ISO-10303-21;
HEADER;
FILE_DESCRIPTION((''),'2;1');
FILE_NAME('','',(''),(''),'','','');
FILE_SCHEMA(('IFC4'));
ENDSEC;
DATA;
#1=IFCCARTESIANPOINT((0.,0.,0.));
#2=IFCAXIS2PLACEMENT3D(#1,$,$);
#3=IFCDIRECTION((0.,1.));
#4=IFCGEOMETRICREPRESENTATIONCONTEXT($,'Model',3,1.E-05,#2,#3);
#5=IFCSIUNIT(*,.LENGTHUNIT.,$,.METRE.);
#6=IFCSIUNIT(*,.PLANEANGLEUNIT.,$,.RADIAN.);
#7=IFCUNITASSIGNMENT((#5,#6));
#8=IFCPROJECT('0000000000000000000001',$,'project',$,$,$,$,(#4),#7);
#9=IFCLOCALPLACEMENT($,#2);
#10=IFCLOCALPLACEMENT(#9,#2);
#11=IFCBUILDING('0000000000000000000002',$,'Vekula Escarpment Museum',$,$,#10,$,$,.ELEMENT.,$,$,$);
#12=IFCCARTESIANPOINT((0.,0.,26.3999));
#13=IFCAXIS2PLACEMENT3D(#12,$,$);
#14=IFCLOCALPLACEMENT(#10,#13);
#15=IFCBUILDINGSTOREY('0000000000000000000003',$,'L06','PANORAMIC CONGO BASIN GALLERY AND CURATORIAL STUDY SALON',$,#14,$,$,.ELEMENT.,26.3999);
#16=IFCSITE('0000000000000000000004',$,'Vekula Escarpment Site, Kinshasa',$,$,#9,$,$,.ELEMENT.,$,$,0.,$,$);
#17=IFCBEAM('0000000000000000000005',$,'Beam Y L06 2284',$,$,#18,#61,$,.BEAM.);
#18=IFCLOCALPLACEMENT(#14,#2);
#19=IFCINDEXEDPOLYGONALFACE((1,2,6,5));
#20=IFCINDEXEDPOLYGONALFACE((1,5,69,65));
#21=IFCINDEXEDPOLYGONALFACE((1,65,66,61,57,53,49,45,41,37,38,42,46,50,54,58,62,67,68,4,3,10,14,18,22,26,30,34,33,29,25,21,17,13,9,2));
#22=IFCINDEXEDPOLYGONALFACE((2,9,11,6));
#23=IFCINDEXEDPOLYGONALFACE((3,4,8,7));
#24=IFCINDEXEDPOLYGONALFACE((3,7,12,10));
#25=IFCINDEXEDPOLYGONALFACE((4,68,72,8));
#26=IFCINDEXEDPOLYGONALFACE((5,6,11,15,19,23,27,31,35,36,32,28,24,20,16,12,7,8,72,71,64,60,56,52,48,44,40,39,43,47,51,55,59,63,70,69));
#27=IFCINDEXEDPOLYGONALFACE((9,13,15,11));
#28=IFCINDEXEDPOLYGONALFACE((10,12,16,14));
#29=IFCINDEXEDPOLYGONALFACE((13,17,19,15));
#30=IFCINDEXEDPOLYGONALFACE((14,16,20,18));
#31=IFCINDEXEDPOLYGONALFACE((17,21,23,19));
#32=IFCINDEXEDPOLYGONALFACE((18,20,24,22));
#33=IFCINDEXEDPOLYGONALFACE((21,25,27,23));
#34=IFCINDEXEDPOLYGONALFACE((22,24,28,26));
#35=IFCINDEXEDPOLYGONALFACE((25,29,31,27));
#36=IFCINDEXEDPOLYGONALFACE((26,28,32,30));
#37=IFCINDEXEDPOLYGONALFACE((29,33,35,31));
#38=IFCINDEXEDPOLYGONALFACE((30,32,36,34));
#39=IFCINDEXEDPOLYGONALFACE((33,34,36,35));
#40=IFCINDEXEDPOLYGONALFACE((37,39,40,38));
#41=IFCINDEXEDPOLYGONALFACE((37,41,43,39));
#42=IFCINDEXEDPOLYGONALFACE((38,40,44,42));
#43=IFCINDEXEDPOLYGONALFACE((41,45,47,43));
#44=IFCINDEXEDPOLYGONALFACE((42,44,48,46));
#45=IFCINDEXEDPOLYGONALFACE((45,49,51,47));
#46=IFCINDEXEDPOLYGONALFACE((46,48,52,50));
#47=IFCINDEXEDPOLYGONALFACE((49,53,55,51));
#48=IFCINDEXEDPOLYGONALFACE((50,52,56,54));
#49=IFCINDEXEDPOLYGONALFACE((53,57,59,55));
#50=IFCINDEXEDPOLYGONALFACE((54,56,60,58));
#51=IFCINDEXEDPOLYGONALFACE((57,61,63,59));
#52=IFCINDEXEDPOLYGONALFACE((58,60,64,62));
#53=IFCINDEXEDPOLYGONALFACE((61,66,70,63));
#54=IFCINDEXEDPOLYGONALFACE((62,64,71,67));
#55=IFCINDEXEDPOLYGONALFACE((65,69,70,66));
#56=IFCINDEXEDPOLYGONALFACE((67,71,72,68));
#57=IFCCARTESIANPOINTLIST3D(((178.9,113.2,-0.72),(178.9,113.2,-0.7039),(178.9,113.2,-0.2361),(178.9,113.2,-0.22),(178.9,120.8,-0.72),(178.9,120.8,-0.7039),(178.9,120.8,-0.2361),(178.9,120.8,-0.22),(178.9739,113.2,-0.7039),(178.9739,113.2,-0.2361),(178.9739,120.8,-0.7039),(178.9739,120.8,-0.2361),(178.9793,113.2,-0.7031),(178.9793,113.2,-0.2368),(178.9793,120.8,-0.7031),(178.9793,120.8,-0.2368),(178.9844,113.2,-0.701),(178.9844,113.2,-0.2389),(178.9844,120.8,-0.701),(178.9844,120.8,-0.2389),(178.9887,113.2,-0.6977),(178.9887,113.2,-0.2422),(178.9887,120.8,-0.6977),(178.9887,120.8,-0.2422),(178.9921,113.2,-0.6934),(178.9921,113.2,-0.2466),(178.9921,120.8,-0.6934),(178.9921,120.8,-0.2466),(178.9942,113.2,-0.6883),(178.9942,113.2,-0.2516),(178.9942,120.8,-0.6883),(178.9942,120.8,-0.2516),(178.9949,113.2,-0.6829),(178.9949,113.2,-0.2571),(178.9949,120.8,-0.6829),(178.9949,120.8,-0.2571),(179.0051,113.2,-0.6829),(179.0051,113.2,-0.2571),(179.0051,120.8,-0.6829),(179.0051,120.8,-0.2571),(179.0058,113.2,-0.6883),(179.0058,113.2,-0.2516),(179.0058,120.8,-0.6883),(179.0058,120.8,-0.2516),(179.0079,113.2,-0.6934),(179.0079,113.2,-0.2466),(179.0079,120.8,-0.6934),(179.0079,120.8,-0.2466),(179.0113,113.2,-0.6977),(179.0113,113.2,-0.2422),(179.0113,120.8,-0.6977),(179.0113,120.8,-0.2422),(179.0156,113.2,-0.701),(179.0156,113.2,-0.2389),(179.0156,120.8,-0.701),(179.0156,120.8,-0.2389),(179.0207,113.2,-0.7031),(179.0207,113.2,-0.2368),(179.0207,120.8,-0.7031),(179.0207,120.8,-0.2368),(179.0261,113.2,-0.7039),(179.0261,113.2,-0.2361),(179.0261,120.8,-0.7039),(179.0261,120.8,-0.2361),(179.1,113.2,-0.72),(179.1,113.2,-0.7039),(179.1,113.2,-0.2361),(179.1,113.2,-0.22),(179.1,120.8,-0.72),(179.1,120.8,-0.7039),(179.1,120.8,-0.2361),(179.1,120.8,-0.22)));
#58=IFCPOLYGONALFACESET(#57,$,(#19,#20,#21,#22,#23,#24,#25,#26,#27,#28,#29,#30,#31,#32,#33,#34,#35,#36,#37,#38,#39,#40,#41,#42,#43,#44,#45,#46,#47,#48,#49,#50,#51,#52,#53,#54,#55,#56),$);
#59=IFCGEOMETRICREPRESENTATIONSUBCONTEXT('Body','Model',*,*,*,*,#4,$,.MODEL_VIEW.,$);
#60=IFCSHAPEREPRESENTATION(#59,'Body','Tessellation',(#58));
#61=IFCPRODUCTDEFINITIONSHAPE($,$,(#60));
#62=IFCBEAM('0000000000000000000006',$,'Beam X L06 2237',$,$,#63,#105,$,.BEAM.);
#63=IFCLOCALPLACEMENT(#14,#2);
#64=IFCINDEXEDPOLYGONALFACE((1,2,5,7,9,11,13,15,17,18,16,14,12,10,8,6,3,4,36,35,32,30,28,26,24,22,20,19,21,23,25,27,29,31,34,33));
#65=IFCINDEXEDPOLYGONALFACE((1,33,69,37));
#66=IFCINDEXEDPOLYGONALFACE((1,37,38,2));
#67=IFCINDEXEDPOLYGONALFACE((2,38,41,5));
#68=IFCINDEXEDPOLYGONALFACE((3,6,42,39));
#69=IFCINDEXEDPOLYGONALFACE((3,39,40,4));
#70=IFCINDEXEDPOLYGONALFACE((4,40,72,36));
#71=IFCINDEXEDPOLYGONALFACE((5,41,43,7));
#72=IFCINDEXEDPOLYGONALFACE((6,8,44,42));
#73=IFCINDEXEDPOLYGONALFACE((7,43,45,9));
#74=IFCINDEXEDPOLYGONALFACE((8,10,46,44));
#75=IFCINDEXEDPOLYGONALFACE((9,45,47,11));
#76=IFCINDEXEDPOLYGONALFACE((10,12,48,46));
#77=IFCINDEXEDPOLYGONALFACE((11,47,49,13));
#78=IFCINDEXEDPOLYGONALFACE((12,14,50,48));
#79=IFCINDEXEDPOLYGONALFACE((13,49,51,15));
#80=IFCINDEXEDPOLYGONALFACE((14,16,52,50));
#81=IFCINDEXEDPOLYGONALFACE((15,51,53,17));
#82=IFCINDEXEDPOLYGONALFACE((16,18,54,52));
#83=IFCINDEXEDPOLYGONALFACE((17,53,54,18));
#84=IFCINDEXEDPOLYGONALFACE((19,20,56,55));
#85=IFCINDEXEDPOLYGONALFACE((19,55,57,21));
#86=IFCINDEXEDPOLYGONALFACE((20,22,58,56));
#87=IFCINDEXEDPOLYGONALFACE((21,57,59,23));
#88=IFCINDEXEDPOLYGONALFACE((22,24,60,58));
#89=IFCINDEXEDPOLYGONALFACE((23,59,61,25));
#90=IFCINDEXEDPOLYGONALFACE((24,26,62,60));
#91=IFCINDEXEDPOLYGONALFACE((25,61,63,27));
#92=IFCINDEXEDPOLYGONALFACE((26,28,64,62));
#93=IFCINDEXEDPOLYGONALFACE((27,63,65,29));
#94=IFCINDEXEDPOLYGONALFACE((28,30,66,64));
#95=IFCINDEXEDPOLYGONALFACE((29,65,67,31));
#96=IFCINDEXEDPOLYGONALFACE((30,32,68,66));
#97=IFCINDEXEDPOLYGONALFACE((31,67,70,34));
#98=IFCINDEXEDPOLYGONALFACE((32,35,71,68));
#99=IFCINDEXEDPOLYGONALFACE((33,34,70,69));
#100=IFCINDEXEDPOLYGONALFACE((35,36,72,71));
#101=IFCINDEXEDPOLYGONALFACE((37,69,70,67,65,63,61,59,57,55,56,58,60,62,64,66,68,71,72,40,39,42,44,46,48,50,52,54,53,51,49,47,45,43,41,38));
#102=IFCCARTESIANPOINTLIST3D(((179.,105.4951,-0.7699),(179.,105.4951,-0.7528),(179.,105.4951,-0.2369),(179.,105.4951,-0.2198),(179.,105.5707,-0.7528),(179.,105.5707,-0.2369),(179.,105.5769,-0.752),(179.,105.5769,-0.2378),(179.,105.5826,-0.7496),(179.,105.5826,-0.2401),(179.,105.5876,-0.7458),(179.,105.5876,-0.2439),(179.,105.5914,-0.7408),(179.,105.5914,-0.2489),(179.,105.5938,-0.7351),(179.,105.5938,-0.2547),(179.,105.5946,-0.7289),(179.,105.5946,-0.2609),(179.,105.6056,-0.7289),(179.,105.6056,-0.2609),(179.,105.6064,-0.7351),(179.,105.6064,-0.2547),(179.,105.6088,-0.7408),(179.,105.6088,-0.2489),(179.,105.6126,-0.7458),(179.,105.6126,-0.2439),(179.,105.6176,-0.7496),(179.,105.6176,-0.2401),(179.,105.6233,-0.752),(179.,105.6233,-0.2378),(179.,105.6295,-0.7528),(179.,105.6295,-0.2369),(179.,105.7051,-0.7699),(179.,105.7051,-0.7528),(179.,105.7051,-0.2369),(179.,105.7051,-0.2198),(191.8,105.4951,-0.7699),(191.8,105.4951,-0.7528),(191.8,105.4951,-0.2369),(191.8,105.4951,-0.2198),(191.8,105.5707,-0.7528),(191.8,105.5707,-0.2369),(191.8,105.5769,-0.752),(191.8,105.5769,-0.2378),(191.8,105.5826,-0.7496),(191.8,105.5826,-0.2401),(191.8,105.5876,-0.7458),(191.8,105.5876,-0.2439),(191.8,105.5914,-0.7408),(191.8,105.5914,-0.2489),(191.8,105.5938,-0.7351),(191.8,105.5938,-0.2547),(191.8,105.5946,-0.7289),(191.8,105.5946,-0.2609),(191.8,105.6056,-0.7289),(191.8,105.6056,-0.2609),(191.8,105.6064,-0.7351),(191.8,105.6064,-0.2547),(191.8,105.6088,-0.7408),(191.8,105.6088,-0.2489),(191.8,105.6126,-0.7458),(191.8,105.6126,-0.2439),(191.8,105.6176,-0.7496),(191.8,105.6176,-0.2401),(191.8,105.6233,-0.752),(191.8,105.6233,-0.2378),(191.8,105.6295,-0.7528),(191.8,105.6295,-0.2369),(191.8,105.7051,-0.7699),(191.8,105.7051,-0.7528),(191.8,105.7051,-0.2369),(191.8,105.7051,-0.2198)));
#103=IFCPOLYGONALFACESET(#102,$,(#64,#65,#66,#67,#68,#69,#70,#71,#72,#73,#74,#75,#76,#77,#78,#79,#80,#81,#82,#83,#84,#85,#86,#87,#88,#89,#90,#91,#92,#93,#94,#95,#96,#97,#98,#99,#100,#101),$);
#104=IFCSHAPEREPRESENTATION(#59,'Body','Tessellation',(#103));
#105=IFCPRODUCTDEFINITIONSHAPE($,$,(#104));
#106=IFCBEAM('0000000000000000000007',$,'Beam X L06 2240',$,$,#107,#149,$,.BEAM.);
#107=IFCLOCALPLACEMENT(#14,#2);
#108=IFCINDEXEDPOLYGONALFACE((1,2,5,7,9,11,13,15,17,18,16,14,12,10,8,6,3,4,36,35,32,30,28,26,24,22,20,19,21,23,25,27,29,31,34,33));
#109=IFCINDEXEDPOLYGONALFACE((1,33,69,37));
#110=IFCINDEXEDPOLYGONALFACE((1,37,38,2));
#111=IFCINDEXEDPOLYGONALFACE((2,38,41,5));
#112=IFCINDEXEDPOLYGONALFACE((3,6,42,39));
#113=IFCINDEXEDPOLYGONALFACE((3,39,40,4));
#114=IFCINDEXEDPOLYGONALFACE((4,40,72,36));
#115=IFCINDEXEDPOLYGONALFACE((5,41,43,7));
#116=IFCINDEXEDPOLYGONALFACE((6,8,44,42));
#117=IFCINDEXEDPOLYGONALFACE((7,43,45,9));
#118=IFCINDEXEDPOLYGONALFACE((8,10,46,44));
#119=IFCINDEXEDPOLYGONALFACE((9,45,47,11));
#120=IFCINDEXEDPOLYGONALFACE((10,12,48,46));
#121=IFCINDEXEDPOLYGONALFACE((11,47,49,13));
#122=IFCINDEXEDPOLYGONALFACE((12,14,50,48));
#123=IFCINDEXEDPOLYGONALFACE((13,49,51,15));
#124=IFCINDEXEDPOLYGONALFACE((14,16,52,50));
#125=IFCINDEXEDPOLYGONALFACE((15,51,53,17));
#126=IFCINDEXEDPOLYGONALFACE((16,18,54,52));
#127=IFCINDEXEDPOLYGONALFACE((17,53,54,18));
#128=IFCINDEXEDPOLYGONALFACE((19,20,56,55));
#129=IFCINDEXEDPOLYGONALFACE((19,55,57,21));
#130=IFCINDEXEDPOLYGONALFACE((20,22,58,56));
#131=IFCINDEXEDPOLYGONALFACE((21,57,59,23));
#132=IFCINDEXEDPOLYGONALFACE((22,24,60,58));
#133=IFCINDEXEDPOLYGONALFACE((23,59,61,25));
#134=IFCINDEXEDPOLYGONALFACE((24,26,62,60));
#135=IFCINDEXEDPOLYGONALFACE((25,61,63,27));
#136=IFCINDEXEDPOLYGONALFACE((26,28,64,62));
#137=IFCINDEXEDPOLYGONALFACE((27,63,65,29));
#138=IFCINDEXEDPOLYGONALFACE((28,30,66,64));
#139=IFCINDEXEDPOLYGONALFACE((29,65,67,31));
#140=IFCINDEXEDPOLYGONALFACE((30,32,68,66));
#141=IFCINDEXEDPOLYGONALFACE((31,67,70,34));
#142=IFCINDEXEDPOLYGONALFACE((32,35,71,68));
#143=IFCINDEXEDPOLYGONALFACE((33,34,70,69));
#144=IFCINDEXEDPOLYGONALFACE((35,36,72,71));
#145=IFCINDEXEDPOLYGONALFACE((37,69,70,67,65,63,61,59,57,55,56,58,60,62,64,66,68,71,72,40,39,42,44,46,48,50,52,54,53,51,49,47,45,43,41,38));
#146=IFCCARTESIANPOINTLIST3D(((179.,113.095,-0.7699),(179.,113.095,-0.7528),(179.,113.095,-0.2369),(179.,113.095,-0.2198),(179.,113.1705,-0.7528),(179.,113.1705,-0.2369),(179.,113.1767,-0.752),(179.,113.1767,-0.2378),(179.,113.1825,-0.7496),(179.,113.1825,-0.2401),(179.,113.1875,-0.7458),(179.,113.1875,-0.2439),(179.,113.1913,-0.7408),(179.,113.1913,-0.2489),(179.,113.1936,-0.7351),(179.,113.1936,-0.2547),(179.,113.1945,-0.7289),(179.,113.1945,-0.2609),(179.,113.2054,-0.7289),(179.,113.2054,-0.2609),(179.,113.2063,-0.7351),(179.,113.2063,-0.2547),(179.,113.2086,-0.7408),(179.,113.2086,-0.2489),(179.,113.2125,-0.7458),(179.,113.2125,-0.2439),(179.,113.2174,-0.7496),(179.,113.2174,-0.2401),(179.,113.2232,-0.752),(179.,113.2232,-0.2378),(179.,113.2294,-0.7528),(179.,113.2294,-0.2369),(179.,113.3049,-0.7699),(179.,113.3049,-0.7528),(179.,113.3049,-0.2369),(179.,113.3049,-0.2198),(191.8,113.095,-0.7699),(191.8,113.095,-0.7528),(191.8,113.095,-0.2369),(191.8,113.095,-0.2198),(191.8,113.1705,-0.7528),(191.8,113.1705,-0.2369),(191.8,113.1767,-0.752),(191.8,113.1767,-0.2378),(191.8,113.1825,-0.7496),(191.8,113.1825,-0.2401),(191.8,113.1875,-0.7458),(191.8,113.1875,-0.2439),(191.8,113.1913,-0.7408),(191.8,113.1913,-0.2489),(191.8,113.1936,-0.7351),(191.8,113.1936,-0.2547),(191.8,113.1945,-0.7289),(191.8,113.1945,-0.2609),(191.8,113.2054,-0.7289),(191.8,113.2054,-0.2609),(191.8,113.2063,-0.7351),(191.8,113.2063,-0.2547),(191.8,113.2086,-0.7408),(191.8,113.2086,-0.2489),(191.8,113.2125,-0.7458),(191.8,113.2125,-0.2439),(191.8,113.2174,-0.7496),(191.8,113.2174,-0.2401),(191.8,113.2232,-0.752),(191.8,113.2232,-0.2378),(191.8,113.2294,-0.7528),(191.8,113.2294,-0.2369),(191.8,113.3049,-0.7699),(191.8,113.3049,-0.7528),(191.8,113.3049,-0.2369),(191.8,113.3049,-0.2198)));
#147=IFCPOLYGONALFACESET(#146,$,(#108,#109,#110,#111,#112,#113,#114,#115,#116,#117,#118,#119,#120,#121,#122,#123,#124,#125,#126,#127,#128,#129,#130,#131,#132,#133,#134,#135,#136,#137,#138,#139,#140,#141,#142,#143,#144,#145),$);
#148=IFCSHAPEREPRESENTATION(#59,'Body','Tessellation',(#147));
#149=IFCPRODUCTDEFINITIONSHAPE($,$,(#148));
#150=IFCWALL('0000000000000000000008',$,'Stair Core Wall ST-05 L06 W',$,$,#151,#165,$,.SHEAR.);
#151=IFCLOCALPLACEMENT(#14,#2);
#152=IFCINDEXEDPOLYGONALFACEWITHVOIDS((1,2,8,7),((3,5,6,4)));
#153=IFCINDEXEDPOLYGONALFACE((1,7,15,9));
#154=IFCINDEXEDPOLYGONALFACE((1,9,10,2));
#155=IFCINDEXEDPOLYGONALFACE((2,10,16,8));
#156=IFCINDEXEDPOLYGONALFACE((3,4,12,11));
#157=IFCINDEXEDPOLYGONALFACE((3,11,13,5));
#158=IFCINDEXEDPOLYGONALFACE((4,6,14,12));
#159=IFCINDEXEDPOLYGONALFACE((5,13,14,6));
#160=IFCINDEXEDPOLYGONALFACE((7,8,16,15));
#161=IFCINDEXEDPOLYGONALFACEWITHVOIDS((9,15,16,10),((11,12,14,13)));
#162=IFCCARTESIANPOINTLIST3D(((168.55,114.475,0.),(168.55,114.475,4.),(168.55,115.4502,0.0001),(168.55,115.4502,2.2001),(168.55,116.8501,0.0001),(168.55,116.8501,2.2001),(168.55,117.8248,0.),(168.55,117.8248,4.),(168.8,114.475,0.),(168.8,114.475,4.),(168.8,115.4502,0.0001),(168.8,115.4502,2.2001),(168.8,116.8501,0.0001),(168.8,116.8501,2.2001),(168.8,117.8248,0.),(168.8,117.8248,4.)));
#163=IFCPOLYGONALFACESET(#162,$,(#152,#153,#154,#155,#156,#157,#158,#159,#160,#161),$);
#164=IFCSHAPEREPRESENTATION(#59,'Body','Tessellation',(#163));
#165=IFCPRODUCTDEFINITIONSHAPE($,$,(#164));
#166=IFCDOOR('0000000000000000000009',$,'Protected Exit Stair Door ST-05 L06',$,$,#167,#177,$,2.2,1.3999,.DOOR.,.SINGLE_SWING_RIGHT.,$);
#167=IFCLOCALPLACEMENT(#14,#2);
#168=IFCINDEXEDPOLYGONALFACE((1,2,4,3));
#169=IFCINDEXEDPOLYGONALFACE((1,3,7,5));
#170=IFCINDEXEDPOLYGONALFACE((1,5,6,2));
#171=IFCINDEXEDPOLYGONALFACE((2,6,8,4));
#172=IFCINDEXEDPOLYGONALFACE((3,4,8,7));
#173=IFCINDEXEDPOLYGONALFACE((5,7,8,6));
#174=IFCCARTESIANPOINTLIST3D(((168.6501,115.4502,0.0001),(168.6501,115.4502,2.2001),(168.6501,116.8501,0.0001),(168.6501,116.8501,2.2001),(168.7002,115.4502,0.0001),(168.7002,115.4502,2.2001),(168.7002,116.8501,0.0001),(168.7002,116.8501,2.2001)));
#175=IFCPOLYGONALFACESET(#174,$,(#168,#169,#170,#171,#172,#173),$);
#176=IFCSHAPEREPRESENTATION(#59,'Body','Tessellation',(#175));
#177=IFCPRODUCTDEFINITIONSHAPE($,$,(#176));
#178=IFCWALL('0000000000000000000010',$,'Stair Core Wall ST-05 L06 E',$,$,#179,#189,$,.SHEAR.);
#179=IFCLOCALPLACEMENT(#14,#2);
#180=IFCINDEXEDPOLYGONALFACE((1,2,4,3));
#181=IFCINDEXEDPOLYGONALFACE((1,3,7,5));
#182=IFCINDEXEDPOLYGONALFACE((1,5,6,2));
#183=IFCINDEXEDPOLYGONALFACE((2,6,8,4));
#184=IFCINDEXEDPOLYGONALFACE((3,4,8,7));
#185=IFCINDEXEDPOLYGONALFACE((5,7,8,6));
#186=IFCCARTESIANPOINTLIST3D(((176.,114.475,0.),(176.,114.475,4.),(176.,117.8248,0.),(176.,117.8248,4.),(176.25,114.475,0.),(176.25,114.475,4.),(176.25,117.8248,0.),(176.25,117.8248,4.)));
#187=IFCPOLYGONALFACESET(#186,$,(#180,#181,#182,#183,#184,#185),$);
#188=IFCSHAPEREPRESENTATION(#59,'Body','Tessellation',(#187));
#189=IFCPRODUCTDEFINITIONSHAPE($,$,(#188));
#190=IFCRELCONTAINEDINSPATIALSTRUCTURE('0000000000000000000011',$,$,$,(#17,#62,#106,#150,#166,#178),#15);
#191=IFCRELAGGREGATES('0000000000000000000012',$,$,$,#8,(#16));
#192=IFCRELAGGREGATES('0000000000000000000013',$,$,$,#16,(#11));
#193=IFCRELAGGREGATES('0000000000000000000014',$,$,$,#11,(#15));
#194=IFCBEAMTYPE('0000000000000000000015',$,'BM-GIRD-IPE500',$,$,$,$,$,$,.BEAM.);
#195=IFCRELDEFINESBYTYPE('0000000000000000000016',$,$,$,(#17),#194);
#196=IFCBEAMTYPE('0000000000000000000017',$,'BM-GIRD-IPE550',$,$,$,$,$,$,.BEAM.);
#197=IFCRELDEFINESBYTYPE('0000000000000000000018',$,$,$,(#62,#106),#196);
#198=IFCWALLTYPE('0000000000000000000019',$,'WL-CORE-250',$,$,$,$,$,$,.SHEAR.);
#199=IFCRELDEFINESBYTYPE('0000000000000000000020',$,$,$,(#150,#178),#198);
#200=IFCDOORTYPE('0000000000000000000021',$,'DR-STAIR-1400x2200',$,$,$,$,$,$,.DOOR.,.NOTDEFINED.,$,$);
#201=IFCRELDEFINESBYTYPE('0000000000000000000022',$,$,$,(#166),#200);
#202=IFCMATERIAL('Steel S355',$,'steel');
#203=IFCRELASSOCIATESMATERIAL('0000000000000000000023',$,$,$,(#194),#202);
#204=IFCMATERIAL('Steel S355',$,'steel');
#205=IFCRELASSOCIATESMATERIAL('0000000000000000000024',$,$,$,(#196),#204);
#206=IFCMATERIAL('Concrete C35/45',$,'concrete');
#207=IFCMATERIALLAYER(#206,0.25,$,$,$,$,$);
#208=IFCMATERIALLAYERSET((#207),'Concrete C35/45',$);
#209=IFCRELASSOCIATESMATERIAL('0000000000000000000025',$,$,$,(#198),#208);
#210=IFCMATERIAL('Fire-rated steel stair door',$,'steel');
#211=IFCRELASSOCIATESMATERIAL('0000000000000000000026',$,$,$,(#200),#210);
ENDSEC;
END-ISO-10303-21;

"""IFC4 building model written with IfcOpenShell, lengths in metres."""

from ifc_helpers import new_model, si_unit, direction, frame, frame_2d, origin, origin_2d, place, context, subcontext, project, spatial, rectangle, i_section, extrude, material, layer, layer_set, material_profile, profile_set, type_object, element, fill, save


model = new_model("IFC4")

# Units and contexts
model_context = context("Model", 3, precision=1e-05, world=origin(), true_north=direction((0.0, 1.0)))
body_context = subcontext(model_context, "Body", "Model", "MODEL_VIEW")
ifc_project = project(units=[si_unit("LENGTHUNIT", "METRE"), si_unit("PLANEANGLEUNIT", "RADIAN")], contexts=[model_context])

# Site, building, storey
site_placement = place(None, origin())
site = spatial("IfcSite", under=ifc_project, at=site_placement, Name="Vekula Escarpment Site, Kinshasa", CompositionType="ELEMENT", RefElevation=0.0)
building_placement = place(site_placement, origin())
building = spatial("IfcBuilding", under=site, at=building_placement, Name="Vekula Escarpment Museum", CompositionType="ELEMENT")
storey_placement = place(building_placement, frame((0.0, 0.0, 26.3999)))
storey = spatial("IfcBuildingStorey", under=building, at=storey_placement, Name="L06", Description="PANORAMIC CONGO BASIN GALLERY AND CURATORIAL STUDY SALON", CompositionType="ELEMENT", Elevation=26.3999)

# Beams
ifc_material_1 = material(Name="Steel S355", Category="steel")
ifc_material_profile_1 = material_profile(ifc_material_1, i_section(OverallWidth=0.2, OverallDepth=0.5, WebThickness=0.0103, FlangeThickness=0.0161, FilletRadius=0.021, at=origin_2d()), Name="IPE 500")
ifc_profile_set_1 = profile_set([ifc_material_profile_1], Name="Steel S355")
beam_type_1 = type_object("IfcBeamType", Name="BM-GIRD-IPE500", PredefinedType="BEAM", material=ifc_profile_set_1)
beam_1_placement = place(storey_placement, frame((179.0, 113.2, -0.47), z_axis=(0.0, 1.0, 0.0), x_axis=(-1.0, 0.0, 0.0)))
element("IfcBeam", 1, at=beam_1_placement, inside=storey, type_object=beam_type_1, Name="Beam Y L06 2284", PredefinedType="BEAM", context=body_context, shape_type="SweptSolid", body=[
    extrude(i_section(OverallWidth=0.2, OverallDepth=0.5, WebThickness=0.0103, FlangeThickness=0.0161, FilletRadius=0.021, at=origin_2d()), origin(), (0.0, 0.0, 1.0), 7.6001),
])
ifc_material_2 = material(Name="Steel S355", Category="steel")
ifc_material_profile_2 = material_profile(ifc_material_2, i_section(OverallWidth=0.21, OverallDepth=0.55, WebThickness=0.011, FlangeThickness=0.0171, FilletRadius=0.0239, at=origin_2d()), Name="IPE 550")
ifc_profile_set_2 = profile_set([ifc_material_profile_2], Name="Steel S355")
beam_type_2 = type_object("IfcBeamType", Name="BM-GIRD-IPE550", PredefinedType="BEAM", material=ifc_profile_set_2)
for number, where, z_axis, x_axis, name in (
    (2, (179.0, 105.6001, -0.4949), (1.0, 0.0, 0.0), (0.0, 1.0, 0.0), "Beam X L06 2237"),
    (3, (179.0, 113.2, -0.4949), (1.0, 0.0, 0.0), (0.0, 1.0, 0.0), "Beam X L06 2240"),
):
    element("IfcBeam", number, at=place(storey_placement, frame(where, z_axis=z_axis, x_axis=x_axis)), inside=storey, type_object=beam_type_2, Name=name, PredefinedType="BEAM", context=body_context, shape_type="SweptSolid", body=[
        extrude(i_section(OverallWidth=0.21, OverallDepth=0.55, WebThickness=0.011, FlangeThickness=0.0171, FilletRadius=0.0239, at=origin_2d()), origin(), (0.0, 0.0, 1.0), 12.8),
    ])

# Wall, opening, door
ifc_material_3 = material(Name="Concrete C35/45", Category="concrete")
ifc_layer_1 = layer(ifc_material_3, 0.25)
ifc_layer_set_1 = layer_set([ifc_layer_1], Name="Concrete C35/45")
wall_type_1 = type_object("IfcWallType", Name="WL-CORE-250", PredefinedType="SHEAR", material=ifc_layer_set_1)
wall_1_placement = place(storey_placement, frame((168.675, 114.4751, 0.0), z_axis=(0.0, 0.0, 1.0), x_axis=(0.0, 1.0, 0.0)))
wall_1 = element("IfcWall", 4, at=wall_1_placement, inside=storey, type_object=wall_type_1, Name="Stair Core Wall ST-05 L06 W", PredefinedType="SHEAR", context=body_context, shape_type="SweptSolid", body=[
    extrude(rectangle(XDim=3.3499, YDim=0.25, at=frame_2d((1.6748, 0.0))), origin(), (0.0, 0.0, 1.0), 4.0),
])
opening_1_placement = place(wall_1_placement, frame((0.9751, 0.0, 0.0)))
opening_1 = element("IfcOpeningElement", 5, at=opening_1_placement, cuts=wall_1, PredefinedType="OPENING", context=body_context, shape_type="SweptSolid", body=[
    extrude(rectangle(XDim=1.3999, YDim=2.2, at=frame_2d((0.7, 1.1001))), frame((0.0, 0.135, 0.0), z_axis=(0.0, -1.0, 0.0), x_axis=(1.0, 0.0, 0.0)), (0.0, 0.0, 1.0), 0.27),
])
ifc_material_4 = material(Name="Fire-rated steel stair door", Category="steel")
door_type_1 = type_object("IfcDoorType", Name="DR-STAIR-1400x2200", OperationType="NOTDEFINED", PredefinedType="DOOR", material=ifc_material_4)
door_1_placement = place(opening_1_placement, origin())
door_1 = element("IfcDoor", 6, at=door_1_placement, inside=storey, type_object=door_type_1, Name="Protected Exit Stair Door ST-05 L06", OperationType="SINGLE_SWING_RIGHT", OverallHeight=2.2, OverallWidth=1.3999, PredefinedType="DOOR", context=body_context, shape_type="SweptSolid", body=[
    extrude(rectangle(XDim=1.3999, YDim=2.2, at=frame_2d((0.7, 1.1001))), frame((0.0, 0.0249, 0.0), z_axis=(0.0, -1.0, 0.0), x_axis=(1.0, 0.0, 0.0)), (0.0, 0.0, 1.0), 0.05),
])
fill(opening_1, door_1)

# Wall
wall_2_placement = place(storey_placement, frame((176.125, 114.4751, 0.0), z_axis=(0.0, 0.0, 1.0), x_axis=(0.0, 1.0, 0.0)))
element("IfcWall", 7, at=wall_2_placement, inside=storey, type_object=wall_type_1, Name="Stair Core Wall ST-05 L06 E", PredefinedType="SHEAR", context=body_context, shape_type="SweptSolid", body=[
    extrude(rectangle(XDim=3.3499, YDim=0.25, at=frame_2d((1.6748, 0.0))), origin(), (0.0, 0.0, 1.0), 4.0),
])

save(model, "model.ifc")
